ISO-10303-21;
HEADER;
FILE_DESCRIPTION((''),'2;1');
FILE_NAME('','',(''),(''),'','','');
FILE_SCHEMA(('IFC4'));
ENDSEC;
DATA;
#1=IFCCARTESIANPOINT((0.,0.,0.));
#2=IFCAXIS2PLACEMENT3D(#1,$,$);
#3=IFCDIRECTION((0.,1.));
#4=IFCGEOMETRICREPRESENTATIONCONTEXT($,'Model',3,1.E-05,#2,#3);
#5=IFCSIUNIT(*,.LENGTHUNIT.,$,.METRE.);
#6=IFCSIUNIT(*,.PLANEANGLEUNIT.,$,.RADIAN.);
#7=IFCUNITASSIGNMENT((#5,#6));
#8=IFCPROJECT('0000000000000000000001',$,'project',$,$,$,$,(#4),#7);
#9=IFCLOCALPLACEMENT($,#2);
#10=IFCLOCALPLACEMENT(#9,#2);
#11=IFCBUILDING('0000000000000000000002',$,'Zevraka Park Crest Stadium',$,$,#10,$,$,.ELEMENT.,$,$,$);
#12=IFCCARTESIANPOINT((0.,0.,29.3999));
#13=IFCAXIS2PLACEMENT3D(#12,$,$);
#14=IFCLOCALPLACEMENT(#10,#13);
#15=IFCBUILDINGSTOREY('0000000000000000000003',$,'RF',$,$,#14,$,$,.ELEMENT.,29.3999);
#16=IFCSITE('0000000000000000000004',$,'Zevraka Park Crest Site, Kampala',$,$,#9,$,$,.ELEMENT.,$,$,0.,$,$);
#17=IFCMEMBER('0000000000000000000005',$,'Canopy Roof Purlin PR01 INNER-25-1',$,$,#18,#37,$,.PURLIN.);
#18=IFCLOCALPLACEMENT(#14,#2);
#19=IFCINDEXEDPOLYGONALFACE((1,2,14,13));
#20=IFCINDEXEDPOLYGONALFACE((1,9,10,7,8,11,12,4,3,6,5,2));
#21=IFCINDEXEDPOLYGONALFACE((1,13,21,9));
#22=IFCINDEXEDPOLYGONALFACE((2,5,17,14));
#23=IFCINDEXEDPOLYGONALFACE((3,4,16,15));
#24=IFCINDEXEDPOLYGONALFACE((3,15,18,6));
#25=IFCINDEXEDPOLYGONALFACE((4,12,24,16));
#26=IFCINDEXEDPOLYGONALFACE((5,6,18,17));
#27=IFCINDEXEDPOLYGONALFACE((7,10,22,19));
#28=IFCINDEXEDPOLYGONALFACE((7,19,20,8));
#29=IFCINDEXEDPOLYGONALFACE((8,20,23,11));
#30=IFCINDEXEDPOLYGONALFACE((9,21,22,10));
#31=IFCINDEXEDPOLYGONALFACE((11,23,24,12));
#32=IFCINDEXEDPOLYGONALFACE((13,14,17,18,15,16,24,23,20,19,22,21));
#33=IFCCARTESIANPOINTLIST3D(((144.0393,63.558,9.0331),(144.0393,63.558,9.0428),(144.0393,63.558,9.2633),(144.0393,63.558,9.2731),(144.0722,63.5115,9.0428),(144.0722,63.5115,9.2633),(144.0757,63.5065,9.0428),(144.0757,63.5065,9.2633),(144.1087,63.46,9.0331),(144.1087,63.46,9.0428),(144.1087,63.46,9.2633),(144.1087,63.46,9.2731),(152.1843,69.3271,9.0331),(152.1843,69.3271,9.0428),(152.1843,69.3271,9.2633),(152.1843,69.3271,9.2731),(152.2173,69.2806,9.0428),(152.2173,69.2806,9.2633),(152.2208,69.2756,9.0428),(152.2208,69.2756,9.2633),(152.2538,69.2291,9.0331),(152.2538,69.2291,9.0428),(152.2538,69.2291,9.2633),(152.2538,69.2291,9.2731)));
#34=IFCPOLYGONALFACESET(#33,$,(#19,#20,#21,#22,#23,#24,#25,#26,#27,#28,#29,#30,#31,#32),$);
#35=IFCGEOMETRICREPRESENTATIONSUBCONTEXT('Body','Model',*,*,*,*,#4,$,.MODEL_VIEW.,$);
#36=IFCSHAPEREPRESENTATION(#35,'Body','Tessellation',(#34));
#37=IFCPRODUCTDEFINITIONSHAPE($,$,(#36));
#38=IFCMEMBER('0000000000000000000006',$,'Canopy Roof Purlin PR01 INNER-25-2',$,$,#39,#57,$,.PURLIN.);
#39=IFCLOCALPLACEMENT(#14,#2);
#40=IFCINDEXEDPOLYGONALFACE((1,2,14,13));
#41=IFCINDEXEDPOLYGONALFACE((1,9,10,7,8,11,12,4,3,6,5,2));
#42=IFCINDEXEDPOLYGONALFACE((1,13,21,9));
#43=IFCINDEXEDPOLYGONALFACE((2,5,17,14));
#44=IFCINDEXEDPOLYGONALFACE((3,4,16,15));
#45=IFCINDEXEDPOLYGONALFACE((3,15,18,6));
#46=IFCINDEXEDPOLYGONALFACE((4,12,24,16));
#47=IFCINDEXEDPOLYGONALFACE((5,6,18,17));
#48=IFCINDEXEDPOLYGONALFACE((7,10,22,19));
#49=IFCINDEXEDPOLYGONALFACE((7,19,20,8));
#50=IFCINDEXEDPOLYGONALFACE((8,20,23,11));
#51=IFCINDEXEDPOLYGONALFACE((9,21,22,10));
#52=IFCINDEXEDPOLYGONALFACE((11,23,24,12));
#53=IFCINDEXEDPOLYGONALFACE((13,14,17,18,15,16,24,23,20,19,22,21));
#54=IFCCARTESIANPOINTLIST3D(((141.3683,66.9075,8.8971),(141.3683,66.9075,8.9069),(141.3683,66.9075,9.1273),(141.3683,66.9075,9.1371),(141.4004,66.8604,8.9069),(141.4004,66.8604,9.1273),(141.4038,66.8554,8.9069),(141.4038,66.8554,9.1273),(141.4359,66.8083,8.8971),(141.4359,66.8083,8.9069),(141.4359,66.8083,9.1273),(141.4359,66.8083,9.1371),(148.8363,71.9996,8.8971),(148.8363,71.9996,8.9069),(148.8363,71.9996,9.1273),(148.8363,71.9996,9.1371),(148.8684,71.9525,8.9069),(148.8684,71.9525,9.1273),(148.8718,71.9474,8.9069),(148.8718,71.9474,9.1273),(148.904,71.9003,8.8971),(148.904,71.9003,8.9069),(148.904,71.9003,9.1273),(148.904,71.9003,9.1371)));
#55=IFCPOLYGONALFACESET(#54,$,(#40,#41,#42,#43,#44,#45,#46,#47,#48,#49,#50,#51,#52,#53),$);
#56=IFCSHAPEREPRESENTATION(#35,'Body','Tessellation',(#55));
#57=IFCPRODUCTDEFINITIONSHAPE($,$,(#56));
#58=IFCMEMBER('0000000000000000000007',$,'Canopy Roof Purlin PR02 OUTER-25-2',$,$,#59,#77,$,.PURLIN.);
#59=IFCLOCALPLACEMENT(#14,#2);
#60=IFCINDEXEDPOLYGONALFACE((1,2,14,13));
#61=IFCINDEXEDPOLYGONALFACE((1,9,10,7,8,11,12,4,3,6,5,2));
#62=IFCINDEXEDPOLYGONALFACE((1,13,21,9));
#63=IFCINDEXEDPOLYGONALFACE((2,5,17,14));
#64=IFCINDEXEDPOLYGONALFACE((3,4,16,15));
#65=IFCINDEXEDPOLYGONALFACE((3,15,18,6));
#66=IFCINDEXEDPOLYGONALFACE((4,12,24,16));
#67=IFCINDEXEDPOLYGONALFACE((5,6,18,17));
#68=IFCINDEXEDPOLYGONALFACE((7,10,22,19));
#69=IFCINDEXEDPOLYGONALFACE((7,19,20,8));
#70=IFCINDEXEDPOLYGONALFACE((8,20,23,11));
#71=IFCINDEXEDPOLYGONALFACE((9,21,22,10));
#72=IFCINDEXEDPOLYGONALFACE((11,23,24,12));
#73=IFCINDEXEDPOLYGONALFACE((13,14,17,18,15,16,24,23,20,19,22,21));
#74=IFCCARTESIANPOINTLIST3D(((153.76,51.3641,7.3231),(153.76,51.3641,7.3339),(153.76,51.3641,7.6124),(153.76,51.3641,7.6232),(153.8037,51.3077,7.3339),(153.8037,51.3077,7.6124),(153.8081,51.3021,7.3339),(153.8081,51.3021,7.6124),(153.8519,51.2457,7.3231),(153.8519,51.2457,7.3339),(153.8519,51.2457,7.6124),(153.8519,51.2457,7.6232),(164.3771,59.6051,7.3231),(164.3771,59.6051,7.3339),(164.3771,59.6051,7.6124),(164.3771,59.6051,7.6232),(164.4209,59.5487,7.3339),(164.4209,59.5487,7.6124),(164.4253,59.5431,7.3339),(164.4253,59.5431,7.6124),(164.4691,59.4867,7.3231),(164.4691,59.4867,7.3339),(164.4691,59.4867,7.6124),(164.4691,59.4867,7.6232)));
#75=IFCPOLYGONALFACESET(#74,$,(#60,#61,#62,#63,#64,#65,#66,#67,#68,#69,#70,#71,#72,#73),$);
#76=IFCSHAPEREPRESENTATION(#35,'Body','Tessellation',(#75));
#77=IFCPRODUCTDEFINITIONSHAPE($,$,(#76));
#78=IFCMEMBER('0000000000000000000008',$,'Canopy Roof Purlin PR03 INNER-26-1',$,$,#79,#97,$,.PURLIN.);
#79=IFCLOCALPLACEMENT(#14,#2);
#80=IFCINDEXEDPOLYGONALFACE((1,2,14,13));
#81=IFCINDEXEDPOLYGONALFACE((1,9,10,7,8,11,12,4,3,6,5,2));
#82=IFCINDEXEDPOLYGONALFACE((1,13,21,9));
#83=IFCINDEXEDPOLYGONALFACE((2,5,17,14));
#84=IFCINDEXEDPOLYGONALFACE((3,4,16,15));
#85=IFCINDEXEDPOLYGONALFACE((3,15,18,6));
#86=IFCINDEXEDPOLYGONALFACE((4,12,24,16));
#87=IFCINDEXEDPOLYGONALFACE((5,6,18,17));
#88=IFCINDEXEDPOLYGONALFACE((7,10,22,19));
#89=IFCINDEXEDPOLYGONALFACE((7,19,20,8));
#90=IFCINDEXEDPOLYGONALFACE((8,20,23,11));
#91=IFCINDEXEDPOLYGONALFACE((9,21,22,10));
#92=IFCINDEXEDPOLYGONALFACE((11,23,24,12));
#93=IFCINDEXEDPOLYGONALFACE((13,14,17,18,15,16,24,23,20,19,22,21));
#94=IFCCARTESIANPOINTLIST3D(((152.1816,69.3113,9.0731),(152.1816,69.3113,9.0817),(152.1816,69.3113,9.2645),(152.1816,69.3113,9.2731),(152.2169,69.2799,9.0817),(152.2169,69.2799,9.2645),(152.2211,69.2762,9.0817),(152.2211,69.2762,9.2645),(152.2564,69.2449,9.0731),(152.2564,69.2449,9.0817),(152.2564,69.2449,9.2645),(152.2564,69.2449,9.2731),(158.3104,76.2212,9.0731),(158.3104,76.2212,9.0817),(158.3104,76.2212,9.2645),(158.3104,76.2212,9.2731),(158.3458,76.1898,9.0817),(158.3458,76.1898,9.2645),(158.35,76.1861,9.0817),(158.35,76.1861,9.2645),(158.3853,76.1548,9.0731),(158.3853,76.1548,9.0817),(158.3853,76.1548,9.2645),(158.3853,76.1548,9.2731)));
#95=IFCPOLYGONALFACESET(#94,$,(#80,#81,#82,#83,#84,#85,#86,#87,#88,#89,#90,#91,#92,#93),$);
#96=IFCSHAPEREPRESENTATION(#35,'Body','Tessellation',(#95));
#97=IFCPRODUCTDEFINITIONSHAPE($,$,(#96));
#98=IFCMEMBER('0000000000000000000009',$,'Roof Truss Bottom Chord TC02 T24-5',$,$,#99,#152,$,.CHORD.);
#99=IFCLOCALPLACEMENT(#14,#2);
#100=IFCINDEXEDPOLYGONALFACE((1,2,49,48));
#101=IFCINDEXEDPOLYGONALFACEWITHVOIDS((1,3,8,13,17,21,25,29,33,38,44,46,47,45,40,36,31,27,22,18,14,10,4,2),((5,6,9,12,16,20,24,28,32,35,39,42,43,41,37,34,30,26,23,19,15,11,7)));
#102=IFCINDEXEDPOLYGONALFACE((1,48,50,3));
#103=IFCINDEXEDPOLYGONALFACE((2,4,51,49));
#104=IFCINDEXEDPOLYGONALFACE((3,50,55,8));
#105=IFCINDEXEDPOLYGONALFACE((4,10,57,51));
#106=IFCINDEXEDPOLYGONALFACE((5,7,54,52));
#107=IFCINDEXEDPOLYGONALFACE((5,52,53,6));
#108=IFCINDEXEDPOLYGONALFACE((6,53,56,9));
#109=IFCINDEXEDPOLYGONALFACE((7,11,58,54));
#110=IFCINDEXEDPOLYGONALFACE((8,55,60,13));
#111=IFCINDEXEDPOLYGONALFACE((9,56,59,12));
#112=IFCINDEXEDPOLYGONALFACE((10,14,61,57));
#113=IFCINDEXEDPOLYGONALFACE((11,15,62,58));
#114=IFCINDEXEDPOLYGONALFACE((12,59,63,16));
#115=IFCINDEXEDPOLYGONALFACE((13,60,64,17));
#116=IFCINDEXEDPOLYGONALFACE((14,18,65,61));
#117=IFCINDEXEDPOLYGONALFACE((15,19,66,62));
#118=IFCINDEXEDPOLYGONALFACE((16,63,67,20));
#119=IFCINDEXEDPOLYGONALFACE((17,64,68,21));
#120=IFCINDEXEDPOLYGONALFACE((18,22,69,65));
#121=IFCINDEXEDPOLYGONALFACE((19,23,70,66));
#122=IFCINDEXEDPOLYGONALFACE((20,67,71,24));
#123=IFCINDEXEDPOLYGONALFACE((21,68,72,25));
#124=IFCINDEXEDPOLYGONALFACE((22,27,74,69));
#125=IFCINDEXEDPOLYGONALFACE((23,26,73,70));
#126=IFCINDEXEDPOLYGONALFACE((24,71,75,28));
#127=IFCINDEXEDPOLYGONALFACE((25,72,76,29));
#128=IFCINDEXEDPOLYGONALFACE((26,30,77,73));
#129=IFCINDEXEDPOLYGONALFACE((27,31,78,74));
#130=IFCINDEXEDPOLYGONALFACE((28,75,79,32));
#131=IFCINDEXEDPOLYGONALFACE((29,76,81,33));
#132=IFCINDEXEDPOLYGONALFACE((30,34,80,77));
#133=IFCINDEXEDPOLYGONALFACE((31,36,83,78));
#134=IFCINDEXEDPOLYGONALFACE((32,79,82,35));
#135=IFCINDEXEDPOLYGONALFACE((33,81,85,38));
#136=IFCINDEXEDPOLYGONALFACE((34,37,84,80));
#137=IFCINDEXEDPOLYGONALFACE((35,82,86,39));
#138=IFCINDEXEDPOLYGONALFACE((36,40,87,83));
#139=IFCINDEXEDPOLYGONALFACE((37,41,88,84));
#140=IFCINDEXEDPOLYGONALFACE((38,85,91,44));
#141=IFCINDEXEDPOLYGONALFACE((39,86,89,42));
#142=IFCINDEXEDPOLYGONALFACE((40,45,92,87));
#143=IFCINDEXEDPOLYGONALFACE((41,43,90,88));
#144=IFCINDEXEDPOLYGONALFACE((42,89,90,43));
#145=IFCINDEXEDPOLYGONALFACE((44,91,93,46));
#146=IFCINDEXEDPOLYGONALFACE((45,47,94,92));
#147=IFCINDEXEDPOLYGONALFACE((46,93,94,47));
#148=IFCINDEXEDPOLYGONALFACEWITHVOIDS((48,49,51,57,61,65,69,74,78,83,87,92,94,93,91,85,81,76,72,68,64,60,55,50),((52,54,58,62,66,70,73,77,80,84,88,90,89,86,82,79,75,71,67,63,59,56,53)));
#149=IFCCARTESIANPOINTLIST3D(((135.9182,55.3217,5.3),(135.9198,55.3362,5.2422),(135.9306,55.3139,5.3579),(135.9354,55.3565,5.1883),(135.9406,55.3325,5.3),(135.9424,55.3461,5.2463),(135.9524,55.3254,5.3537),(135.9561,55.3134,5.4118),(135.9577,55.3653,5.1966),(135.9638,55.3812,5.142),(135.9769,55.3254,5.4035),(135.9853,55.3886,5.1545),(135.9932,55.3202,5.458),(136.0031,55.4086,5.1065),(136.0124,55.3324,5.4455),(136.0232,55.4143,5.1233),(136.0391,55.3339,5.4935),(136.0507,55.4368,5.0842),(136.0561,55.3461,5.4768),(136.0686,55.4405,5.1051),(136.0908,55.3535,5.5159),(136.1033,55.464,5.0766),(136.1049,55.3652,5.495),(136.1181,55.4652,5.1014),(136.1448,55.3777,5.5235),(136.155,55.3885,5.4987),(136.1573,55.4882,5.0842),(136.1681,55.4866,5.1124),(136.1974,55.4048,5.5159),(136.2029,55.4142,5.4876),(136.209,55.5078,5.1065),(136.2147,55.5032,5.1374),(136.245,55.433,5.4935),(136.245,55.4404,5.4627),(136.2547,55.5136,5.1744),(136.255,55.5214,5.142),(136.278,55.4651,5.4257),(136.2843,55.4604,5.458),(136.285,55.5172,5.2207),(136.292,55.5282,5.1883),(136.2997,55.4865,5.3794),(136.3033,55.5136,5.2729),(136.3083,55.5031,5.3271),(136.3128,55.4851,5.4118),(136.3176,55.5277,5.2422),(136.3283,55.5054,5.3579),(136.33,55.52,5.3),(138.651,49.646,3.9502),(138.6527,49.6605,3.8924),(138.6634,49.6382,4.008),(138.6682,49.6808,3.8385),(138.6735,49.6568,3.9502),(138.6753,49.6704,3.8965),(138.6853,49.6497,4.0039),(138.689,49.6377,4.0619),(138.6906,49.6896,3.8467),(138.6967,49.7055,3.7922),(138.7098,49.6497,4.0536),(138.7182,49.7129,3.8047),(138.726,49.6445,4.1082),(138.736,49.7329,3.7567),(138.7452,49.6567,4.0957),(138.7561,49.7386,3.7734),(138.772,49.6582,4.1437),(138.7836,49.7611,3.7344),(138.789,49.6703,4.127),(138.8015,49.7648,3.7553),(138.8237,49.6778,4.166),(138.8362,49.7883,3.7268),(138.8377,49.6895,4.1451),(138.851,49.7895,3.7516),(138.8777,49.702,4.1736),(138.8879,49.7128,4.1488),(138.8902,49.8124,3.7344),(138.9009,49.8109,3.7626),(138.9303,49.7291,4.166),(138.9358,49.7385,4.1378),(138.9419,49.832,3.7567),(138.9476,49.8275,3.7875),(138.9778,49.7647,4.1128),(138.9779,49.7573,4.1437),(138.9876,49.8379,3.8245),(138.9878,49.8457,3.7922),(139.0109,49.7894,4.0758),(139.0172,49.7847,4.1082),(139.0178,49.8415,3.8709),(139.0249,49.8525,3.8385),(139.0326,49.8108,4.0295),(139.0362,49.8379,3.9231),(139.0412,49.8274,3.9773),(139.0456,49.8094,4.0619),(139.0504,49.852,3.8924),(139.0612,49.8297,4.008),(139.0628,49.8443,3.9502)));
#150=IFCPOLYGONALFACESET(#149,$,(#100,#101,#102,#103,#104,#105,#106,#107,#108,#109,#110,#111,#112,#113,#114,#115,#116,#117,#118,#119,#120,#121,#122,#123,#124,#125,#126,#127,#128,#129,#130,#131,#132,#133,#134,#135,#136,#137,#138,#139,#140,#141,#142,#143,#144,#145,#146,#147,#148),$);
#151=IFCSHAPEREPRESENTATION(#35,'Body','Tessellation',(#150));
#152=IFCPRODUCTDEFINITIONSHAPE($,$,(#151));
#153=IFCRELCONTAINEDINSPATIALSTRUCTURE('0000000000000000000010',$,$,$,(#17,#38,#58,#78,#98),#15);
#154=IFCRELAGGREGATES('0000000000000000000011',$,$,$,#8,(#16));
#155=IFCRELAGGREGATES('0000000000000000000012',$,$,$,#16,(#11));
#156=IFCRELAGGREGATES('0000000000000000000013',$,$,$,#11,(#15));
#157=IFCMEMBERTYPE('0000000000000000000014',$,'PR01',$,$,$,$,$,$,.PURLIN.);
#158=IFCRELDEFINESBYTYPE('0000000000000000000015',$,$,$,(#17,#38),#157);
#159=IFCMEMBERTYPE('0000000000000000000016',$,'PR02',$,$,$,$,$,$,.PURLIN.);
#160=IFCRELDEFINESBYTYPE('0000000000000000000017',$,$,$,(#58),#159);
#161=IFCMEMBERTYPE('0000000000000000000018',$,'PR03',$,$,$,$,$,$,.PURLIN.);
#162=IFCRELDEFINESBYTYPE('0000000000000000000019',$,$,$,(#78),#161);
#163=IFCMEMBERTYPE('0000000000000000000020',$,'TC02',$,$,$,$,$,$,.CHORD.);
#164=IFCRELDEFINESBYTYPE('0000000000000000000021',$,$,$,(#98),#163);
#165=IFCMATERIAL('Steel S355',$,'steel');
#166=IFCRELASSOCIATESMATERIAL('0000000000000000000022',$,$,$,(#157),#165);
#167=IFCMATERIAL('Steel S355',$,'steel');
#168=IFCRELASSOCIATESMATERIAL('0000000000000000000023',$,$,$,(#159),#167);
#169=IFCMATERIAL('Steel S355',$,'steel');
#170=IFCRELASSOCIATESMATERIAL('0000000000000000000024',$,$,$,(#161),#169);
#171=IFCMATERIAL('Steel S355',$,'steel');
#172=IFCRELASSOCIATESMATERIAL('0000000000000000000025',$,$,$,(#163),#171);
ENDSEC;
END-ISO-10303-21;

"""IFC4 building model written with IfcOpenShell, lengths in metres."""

from ifc_helpers import new_model, si_unit, direction, frame, origin, origin_2d, place, context, subcontext, project, spatial, hollow_circle, i_section, extrude, material, material_profile, profile_set, type_object, element, save


model = new_model("IFC4")

# Units and contexts
model_context = context("Model", 3, precision=1e-05, world=origin(), true_north=direction((0.0, 1.0)))
body_context = subcontext(model_context, "Body", "Model", "MODEL_VIEW")
ifc_project = project(units=[si_unit("LENGTHUNIT", "METRE"), si_unit("PLANEANGLEUNIT", "RADIAN")], contexts=[model_context])

# Site, building, storey
site_placement = place(None, origin())
site = spatial("IfcSite", under=ifc_project, at=site_placement, Name="Zevraka Park Crest Site, Kampala", CompositionType="ELEMENT", RefElevation=0.0)
building_placement = place(site_placement, origin())
building = spatial("IfcBuilding", under=site, at=building_placement, Name="Zevraka Park Crest Stadium", CompositionType="ELEMENT")
storey_placement = place(building_placement, frame((0.0, 0.0, 29.3999)))
storey = spatial("IfcBuildingStorey", under=building, at=storey_placement, Name="RF", CompositionType="ELEMENT", Elevation=29.3999)

# Members
ifc_material_1 = material(Name="Steel S355", Category="steel")
ifc_material_profile_1 = material_profile(ifc_material_1, i_section(OverallWidth=0.1201, OverallDepth=0.24, WebThickness=0.0061, FlangeThickness=0.0098, at=origin_2d()), Name="IPE 240")
ifc_profile_set_1 = profile_set([ifc_material_profile_1], Name="Steel S355")
member_type_1 = type_object("IfcMemberType", Name="PR01", PredefinedType="PURLIN", material=ifc_profile_set_1)
member_1_placement = place(storey_placement, frame((144.074, 63.509, 9.1531), z_axis=(0.816041, 0.577994, 0.0), x_axis=(-0.577994, 0.816041, 0.0)))
element("IfcMember", 1, at=member_1_placement, inside=storey, type_object=member_type_1, Name="Canopy Roof Purlin PR01 INNER-25-1", PredefinedType="PURLIN", context=body_context, shape_type="SweptSolid", body=[
    extrude(i_section(OverallWidth=0.1201, OverallDepth=0.24, WebThickness=0.0061, FlangeThickness=0.0098, at=origin_2d()), origin(), (0.0, 0.0, 1.0), 9.9812),
])
member_2_placement = place(storey_placement, frame((141.4021, 66.8579, 9.0171), z_axis=(0.826216, 0.563353, 0.0), x_axis=(-0.563353, 0.826216, 0.0)))
element("IfcMember", 2, at=member_2_placement, inside=storey, type_object=member_type_1, Name="Canopy Roof Purlin PR01 INNER-25-2", PredefinedType="PURLIN", context=body_context, shape_type="SweptSolid", body=[
    extrude(i_section(OverallWidth=0.1201, OverallDepth=0.24, WebThickness=0.0061, FlangeThickness=0.0098, at=origin_2d()), origin(), (0.0, 0.0, 1.0), 9.0388),
])
ifc_material_2 = material(Name="Steel S355", Category="steel")
ifc_material_profile_2 = material_profile(ifc_material_2, i_section(OverallWidth=0.1499, OverallDepth=0.3, WebThickness=0.0071, FlangeThickness=0.0107, at=origin_2d()), Name="IPE 300")
ifc_profile_set_2 = profile_set([ifc_material_profile_2], Name="Steel S355")
member_type_2 = type_object("IfcMemberType", Name="PR02", PredefinedType="PURLIN", material=ifc_profile_set_2)
member_3_placement = place(storey_placement, frame((153.8059, 51.3049, 7.4731), z_axis=(0.789959, 0.613159, 0.0), x_axis=(-0.613159, 0.789959, 0.0)))
element("IfcMember", 3, at=member_3_placement, inside=storey, type_object=member_type_2, Name="Canopy Roof Purlin PR02 OUTER-25-2", PredefinedType="PURLIN", context=body_context, shape_type="SweptSolid", body=[
    extrude(i_section(OverallWidth=0.1499, OverallDepth=0.3, WebThickness=0.0071, FlangeThickness=0.0107, at=origin_2d()), origin(), (0.0, 0.0, 1.0), 13.4402),
])
ifc_material_3 = material(Name="Steel S355", Category="steel")
ifc_material_profile_3 = material_profile(ifc_material_3, i_section(OverallWidth=0.1001, OverallDepth=0.2, WebThickness=0.0056, FlangeThickness=0.0085, at=origin_2d()), Name="IPE 200")
ifc_profile_set_3 = profile_set([ifc_material_profile_3], Name="Steel S355")
member_type_3 = type_object("IfcMemberType", Name="PR03", PredefinedType="PURLIN", material=ifc_profile_set_3)
member_4_placement = place(storey_placement, frame((152.219, 69.2781, 9.1731), z_axis=(0.663563, 0.748121, 0.0), x_axis=(-0.748121, 0.663563, 0.0)))
element("IfcMember", 4, at=member_4_placement, inside=storey, type_object=member_type_3, Name="Canopy Roof Purlin PR03 INNER-26-1", PredefinedType="PURLIN", context=body_context, shape_type="SweptSolid", body=[
    extrude(i_section(OverallWidth=0.1001, OverallDepth=0.2, WebThickness=0.0056, FlangeThickness=0.0085, at=origin_2d()), origin(), (0.0, 0.0, 1.0), 9.2363),
])
ifc_material_4 = material(Name="Steel S355", Category="steel")
ifc_material_profile_4 = material_profile(ifc_material_4, hollow_circle(Radius=0.2285, WallThickness=0.0249, at=origin_2d()), Name="CHS 457.0x25")
ifc_profile_set_4 = profile_set([ifc_material_profile_4], Name="Steel S355")
member_type_4 = type_object("IfcMemberType", Name="TC02", PredefinedType="CHORD", material=ifc_profile_set_4)
member_5_placement = place(storey_placement, frame((138.8569, 49.7451, 3.9502), z_axis=(-0.424202, 0.880995, 0.209524), x_axis=(-0.900994, -0.433832, 0.0)))
element("IfcMember", 5, at=member_5_placement, inside=storey, type_object=member_type_4, Name="Roof Truss Bottom Chord TC02 T24-5", PredefinedType="CHORD", context=body_context, shape_type="SweptSolid", body=[
    extrude(hollow_circle(Radius=0.2285, WallThickness=0.0249, at=origin_2d()), origin(), (0.0, 0.0, 1.0), 6.4424),
])

save(model, "model.ifc")
